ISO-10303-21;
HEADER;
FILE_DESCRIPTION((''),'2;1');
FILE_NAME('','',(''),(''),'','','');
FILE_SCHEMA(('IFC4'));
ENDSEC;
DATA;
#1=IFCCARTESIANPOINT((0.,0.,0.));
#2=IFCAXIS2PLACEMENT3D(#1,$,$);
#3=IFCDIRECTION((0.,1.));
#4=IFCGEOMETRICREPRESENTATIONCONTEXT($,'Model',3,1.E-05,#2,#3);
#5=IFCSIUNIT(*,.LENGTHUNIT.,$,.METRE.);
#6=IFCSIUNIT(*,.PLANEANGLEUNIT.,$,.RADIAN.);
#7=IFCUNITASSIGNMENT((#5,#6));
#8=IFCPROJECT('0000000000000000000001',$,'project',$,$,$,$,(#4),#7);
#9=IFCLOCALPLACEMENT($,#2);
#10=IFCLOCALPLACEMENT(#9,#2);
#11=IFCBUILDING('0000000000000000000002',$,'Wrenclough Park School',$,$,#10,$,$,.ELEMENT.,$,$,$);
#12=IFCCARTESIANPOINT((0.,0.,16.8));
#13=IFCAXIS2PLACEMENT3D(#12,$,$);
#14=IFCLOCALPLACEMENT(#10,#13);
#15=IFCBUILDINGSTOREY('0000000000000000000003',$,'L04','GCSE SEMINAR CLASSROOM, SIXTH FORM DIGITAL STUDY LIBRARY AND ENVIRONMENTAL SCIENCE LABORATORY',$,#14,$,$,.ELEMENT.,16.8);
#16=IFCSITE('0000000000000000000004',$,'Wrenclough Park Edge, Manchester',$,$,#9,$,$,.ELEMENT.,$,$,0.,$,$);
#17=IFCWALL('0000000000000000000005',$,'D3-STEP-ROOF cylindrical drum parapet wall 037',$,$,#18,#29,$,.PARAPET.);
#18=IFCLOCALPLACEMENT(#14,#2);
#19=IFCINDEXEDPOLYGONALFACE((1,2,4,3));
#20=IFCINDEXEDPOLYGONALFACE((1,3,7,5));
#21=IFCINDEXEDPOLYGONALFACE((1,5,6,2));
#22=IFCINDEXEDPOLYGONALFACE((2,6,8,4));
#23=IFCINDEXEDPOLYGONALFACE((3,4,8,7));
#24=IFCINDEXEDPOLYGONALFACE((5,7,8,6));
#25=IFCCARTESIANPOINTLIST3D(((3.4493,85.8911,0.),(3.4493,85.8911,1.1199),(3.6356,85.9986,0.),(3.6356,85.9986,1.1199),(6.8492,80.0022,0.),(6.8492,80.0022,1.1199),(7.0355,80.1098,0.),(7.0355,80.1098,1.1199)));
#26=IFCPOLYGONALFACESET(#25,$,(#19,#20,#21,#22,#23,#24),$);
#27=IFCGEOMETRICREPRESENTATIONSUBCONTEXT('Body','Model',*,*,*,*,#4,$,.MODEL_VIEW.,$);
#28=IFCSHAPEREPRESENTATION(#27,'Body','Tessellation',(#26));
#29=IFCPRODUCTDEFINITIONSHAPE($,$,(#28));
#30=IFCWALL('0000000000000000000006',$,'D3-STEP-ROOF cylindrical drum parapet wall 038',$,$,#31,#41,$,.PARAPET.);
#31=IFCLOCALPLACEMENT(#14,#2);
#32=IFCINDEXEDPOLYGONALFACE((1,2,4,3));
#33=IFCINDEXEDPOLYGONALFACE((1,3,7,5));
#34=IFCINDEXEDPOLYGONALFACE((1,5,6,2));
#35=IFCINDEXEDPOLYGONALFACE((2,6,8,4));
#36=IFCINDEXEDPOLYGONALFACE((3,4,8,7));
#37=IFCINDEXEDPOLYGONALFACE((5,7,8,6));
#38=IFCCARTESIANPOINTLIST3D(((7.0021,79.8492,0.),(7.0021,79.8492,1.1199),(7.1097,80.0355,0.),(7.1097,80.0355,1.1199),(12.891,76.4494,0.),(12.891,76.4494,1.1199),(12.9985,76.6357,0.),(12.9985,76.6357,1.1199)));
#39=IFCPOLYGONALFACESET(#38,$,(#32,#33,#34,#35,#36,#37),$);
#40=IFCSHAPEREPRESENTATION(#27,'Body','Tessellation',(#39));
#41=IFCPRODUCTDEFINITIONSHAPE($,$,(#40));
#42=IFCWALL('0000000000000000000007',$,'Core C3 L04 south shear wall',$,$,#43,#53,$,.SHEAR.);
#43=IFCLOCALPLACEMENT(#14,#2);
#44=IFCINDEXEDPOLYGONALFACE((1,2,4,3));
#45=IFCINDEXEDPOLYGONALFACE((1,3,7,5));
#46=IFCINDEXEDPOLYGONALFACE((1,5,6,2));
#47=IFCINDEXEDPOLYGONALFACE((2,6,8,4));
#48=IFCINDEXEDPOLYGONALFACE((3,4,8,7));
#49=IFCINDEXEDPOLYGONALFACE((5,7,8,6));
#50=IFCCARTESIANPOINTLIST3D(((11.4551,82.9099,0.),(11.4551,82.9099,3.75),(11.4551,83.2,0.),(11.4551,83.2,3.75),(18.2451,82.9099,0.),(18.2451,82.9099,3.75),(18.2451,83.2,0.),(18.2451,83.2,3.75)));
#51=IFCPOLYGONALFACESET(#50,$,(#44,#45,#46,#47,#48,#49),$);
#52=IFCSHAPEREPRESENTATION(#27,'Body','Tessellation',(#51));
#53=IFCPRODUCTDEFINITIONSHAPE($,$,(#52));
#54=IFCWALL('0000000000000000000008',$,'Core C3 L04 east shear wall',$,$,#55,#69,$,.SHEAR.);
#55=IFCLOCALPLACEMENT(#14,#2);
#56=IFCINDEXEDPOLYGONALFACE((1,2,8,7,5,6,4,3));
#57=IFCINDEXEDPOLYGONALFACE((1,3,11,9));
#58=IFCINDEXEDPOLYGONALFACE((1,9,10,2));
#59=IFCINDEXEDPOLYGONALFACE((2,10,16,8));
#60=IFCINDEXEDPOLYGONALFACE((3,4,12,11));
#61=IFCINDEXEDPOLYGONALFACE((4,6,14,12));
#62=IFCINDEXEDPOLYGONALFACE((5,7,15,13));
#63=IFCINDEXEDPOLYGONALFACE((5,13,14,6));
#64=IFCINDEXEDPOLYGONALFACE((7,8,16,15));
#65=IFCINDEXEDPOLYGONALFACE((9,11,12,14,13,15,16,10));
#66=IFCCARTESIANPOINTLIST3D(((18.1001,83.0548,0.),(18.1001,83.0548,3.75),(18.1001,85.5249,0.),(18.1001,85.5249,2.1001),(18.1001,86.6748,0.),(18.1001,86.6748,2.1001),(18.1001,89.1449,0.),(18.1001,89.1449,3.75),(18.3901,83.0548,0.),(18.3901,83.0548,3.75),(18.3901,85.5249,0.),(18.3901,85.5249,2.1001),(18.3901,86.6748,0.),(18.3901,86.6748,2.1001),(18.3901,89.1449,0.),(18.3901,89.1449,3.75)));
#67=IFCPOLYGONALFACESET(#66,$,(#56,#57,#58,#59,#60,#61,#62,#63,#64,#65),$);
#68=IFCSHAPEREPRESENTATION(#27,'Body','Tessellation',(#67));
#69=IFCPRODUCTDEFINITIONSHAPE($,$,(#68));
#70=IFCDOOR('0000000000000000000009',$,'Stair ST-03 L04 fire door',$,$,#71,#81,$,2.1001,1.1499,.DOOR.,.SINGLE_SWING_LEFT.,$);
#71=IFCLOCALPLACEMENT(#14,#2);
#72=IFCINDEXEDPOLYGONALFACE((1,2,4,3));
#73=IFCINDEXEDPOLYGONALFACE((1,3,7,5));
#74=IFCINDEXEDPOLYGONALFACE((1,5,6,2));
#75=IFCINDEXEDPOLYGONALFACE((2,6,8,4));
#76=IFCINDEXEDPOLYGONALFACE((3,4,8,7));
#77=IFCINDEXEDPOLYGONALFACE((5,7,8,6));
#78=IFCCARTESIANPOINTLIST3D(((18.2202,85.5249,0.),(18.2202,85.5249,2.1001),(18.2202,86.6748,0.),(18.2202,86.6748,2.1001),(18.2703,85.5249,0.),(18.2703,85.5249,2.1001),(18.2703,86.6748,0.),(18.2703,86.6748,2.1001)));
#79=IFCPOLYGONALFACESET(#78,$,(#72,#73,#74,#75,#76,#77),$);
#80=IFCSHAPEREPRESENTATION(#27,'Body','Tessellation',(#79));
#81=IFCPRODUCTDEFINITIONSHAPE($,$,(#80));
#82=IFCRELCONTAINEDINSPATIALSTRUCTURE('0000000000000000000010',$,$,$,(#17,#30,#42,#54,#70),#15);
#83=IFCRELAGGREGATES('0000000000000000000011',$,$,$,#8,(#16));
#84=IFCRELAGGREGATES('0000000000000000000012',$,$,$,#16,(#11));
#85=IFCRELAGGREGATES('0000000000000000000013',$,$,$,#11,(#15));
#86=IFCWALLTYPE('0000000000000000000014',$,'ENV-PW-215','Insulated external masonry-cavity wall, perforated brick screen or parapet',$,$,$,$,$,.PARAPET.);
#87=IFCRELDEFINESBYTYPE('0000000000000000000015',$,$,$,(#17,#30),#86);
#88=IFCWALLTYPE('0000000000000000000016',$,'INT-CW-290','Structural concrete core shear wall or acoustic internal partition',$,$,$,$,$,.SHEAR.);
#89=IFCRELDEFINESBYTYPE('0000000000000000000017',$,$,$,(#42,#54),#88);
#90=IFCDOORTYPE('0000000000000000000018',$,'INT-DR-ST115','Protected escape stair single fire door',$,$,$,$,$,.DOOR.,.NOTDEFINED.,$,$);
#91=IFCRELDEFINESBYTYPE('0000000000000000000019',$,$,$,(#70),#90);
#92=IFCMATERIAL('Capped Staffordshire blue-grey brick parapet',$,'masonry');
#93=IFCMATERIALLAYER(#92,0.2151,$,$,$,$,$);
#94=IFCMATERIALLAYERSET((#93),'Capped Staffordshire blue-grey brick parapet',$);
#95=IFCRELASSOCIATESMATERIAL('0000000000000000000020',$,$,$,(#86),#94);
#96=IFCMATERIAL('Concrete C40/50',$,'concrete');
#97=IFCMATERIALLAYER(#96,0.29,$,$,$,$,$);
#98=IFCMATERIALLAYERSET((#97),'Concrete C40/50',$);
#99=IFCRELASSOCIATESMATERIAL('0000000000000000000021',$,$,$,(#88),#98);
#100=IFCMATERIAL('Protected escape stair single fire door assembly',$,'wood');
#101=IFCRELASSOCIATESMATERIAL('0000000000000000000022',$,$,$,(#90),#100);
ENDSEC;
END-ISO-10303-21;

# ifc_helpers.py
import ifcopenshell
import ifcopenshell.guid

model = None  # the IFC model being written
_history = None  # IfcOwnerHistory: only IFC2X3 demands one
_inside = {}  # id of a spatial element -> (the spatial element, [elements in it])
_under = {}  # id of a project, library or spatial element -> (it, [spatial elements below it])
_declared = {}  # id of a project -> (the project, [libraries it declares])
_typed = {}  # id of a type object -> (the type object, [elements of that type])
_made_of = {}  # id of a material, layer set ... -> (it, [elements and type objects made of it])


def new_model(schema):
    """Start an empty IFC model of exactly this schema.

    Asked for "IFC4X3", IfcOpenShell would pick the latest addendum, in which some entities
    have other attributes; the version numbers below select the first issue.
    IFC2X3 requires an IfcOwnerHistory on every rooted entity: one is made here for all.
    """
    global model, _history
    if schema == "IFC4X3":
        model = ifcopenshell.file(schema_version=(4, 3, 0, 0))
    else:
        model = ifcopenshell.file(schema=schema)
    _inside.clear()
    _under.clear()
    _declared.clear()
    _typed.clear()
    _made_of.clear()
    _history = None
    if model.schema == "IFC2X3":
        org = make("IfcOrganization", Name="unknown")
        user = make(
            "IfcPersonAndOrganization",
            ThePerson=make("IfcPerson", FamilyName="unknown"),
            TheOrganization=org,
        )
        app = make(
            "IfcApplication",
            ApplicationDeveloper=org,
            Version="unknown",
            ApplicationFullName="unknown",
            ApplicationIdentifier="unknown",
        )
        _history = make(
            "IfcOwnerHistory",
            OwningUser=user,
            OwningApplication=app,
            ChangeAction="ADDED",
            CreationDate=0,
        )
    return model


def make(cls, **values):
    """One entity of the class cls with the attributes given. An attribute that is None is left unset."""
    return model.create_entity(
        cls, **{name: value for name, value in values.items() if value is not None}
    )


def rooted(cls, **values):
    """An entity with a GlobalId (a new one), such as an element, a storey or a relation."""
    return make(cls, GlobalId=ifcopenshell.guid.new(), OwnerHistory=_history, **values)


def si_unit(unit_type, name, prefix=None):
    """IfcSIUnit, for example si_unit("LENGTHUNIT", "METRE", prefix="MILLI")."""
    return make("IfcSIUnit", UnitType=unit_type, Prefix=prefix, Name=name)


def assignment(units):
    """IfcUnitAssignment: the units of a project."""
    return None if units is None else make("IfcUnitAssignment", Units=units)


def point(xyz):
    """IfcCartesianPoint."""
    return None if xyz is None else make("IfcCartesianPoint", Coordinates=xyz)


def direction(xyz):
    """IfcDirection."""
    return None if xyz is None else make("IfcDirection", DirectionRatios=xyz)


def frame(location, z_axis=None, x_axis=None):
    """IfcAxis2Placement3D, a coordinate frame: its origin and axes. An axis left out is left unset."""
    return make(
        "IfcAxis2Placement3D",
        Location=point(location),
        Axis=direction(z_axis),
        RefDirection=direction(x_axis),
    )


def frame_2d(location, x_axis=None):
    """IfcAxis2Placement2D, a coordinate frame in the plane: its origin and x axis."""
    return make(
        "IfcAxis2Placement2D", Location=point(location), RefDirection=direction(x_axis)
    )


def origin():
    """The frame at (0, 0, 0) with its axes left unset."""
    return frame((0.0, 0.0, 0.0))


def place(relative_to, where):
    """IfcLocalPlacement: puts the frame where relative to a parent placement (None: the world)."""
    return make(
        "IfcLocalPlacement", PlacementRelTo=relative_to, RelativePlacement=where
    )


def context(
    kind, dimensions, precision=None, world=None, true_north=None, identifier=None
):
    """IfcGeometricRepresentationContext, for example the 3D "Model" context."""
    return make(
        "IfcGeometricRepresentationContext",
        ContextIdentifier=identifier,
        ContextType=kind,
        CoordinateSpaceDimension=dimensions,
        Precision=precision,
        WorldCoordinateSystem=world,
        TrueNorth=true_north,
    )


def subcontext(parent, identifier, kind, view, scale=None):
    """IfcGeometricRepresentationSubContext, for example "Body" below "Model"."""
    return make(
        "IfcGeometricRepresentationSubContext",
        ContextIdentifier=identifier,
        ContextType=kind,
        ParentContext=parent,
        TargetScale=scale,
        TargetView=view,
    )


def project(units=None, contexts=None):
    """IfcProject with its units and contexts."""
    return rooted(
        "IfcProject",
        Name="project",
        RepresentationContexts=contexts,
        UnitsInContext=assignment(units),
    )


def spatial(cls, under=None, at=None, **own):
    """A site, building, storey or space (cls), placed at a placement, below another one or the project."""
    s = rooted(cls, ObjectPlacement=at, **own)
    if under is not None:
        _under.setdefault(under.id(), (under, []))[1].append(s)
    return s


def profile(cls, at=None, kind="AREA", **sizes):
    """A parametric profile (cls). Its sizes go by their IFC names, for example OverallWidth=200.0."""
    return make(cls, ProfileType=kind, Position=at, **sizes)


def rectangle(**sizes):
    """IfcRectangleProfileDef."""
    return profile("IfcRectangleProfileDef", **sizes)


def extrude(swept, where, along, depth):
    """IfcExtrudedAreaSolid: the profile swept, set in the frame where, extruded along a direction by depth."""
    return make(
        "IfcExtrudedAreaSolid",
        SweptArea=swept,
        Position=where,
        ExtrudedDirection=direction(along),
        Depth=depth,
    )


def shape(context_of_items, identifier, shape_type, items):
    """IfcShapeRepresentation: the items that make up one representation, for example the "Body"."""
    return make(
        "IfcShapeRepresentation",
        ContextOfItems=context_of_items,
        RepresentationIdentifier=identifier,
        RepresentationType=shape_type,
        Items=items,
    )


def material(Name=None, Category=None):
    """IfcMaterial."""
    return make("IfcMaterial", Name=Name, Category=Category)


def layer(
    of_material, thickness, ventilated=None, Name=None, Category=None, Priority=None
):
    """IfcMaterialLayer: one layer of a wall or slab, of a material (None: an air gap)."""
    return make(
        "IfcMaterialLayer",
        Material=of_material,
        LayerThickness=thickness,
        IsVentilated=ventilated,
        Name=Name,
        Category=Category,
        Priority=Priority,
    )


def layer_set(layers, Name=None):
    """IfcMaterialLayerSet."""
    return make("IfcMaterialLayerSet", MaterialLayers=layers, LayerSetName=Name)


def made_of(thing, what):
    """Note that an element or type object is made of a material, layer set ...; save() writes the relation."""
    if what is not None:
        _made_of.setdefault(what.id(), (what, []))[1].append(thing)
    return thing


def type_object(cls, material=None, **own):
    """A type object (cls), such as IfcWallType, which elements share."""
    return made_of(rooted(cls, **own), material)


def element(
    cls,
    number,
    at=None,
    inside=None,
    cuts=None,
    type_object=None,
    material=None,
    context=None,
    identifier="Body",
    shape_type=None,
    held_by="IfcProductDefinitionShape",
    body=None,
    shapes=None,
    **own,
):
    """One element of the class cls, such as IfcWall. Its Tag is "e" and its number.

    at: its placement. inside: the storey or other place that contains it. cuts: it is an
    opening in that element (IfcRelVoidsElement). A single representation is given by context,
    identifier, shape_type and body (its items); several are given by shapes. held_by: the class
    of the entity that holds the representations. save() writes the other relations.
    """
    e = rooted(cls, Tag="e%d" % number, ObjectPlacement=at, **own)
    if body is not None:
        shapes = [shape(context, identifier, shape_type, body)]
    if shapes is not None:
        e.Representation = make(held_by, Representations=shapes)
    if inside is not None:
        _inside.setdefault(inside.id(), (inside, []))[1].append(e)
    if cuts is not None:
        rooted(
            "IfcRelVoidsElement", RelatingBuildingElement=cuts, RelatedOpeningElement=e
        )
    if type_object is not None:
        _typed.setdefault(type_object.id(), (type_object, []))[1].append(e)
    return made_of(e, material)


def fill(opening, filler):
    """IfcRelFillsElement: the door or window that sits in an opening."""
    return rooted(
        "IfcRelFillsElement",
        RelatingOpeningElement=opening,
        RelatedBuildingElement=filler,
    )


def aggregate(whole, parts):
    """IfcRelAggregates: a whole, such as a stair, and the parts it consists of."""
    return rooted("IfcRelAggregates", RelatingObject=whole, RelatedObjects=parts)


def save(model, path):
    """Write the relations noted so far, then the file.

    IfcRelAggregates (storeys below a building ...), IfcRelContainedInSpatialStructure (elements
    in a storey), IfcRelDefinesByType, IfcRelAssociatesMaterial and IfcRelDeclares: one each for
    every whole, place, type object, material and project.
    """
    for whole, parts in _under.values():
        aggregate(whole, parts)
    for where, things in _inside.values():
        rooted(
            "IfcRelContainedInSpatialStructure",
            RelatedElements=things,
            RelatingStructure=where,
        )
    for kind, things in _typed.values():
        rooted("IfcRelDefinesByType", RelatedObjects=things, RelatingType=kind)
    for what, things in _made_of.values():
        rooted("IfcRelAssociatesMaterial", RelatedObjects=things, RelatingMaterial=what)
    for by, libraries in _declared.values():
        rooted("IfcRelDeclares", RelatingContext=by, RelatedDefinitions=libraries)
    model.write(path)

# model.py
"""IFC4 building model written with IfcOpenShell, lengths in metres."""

from ifc_helpers import new_model, si_unit, direction, frame, frame_2d, origin, place, context, subcontext, project, spatial, rectangle, extrude, material, layer, layer_set, type_object, element, fill, save


model = new_model("IFC4")

# Units and contexts
model_context = context("Model", 3, precision=1e-05, world=origin(), true_north=direction((0.0, 1.0)))
body_context = subcontext(model_context, "Body", "Model", "MODEL_VIEW")
ifc_project = project(units=[si_unit("LENGTHUNIT", "METRE"), si_unit("PLANEANGLEUNIT", "RADIAN")], contexts=[model_context])

# Site, building, storey
site_placement = place(None, origin())
site = spatial("IfcSite", under=ifc_project, at=site_placement, Name="Wrenclough Park Edge, Manchester", CompositionType="ELEMENT", RefElevation=0.0)
building_placement = place(site_placement, origin())
building = spatial("IfcBuilding", under=site, at=building_placement, Name="Wrenclough Park School", CompositionType="ELEMENT")
storey_placement = place(building_placement, frame((0.0, 0.0, 16.8)))
storey = spatial("IfcBuildingStorey", under=building, at=storey_placement, Name="L04", Description="GCSE SEMINAR CLASSROOM, SIXTH FORM DIGITAL STUDY LIBRARY AND ENVIRONMENTAL SCIENCE LABORATORY", CompositionType="ELEMENT", Elevation=16.8)

# Walls
ifc_material_1 = material(Name="Capped Staffordshire blue-grey brick parapet", Category="masonry")
ifc_layer_1 = layer(ifc_material_1, 0.2151)
ifc_layer_set_1 = layer_set([ifc_layer_1], Name="Capped Staffordshire blue-grey brick parapet")
wall_type_1 = type_object("IfcWallType", Name="ENV-PW-215", Description="Insulated external masonry-cavity wall, perforated brick screen or parapet", PredefinedType="PARAPET", material=ifc_layer_set_1)
for number, where, z_axis, x_axis, name in (
    (1, (3.5425, 85.9448, 0.0), (0.0, 0.0, 1.0), (0.499993, -0.86603, 0.0), "D3-STEP-ROOF cylindrical drum parapet wall 037"),
    (2, (7.0559, 79.9424, 0.0), (0.0, 0.0, 1.0), (0.86603, -0.499993, 0.0), "D3-STEP-ROOF cylindrical drum parapet wall 038"),
):
    element("IfcWall", number, at=place(storey_placement, frame(where, z_axis=z_axis, x_axis=x_axis)), inside=storey, type_object=wall_type_1, Name=name, PredefinedType="PARAPET", context=body_context, shape_type="SweptSolid", body=[
        extrude(rectangle(XDim=6.7998, YDim=0.2151, at=frame_2d((3.3999, 0.0))), origin(), (0.0, 0.0, 1.0), 1.1199),
    ])
ifc_material_2 = material(Name="Concrete C40/50", Category="concrete")
ifc_layer_2 = layer(ifc_material_2, 0.29)
ifc_layer_set_2 = layer_set([ifc_layer_2], Name="Concrete C40/50")
wall_type_2 = type_object("IfcWallType", Name="INT-CW-290", Description="Structural concrete core shear wall or acoustic internal partition", PredefinedType="SHEAR", material=ifc_layer_set_2)
wall_1_placement = place(storey_placement, frame((11.4551, 83.0549, 0.0), z_axis=(0.0, 0.0, 1.0), x_axis=(1.0, 0.0, 0.0)))
element("IfcWall", 3, at=wall_1_placement, inside=storey, type_object=wall_type_2, Name="Core C3 L04 south shear wall", PredefinedType="SHEAR", context=body_context, shape_type="SweptSolid", body=[
    extrude(rectangle(XDim=6.79, YDim=0.29, at=frame_2d((3.395, 0.0))), origin(), (0.0, 0.0, 1.0), 3.75),
])

# Wall, opening, door
wall_2_placement = place(storey_placement, frame((18.2451, 83.0549, 0.0), z_axis=(0.0, 0.0, 1.0), x_axis=(0.0, 1.0, 0.0)))
wall_2 = element("IfcWall", 4, at=wall_2_placement, inside=storey, type_object=wall_type_2, Name="Core C3 L04 east shear wall", PredefinedType="SHEAR", context=body_context, shape_type="SweptSolid", body=[
    extrude(rectangle(XDim=6.0901, YDim=0.29, at=frame_2d((3.0449, 0.0))), origin(), (0.0, 0.0, 1.0), 3.75),
])
opening_1_placement = place(wall_2_placement, frame((2.47, 0.0, 0.0)))
opening_1 = element("IfcOpeningElement", 5, at=opening_1_placement, cuts=wall_2, PredefinedType="OPENING", context=body_context, shape_type="SweptSolid", body=[
    extrude(rectangle(XDim=1.1499, YDim=2.1001, at=frame_2d((0.575, 1.05))), frame((0.0, 0.155, 0.0), z_axis=(0.0, -1.0, 0.0), x_axis=(1.0, 0.0, 0.0)), (0.0, 0.0, 1.0), 0.3101),
])
ifc_material_3 = material(Name="Protected escape stair single fire door assembly", Category="wood")
door_type = type_object("IfcDoorType", Name="INT-DR-ST115", Description="Protected escape stair single fire door", OperationType="NOTDEFINED", PredefinedType="DOOR", material=ifc_material_3)
door_placement = place(opening_1_placement, origin())
door = element("IfcDoor", 6, at=door_placement, inside=storey, type_object=door_type, Name="Stair ST-03 L04 fire door", OperationType="SINGLE_SWING_LEFT", OverallHeight=2.1001, OverallWidth=1.1499, PredefinedType="DOOR", context=body_context, shape_type="SweptSolid", body=[
    extrude(rectangle(XDim=1.1499, YDim=2.1001, at=frame_2d((0.575, 1.05))), frame((0.0, 0.0249, 0.0), z_axis=(0.0, -1.0, 0.0), x_axis=(1.0, 0.0, 0.0)), (0.0, 0.0, 1.0), 0.05),
])
fill(opening_1, door)

save(model, "model.ifc")
